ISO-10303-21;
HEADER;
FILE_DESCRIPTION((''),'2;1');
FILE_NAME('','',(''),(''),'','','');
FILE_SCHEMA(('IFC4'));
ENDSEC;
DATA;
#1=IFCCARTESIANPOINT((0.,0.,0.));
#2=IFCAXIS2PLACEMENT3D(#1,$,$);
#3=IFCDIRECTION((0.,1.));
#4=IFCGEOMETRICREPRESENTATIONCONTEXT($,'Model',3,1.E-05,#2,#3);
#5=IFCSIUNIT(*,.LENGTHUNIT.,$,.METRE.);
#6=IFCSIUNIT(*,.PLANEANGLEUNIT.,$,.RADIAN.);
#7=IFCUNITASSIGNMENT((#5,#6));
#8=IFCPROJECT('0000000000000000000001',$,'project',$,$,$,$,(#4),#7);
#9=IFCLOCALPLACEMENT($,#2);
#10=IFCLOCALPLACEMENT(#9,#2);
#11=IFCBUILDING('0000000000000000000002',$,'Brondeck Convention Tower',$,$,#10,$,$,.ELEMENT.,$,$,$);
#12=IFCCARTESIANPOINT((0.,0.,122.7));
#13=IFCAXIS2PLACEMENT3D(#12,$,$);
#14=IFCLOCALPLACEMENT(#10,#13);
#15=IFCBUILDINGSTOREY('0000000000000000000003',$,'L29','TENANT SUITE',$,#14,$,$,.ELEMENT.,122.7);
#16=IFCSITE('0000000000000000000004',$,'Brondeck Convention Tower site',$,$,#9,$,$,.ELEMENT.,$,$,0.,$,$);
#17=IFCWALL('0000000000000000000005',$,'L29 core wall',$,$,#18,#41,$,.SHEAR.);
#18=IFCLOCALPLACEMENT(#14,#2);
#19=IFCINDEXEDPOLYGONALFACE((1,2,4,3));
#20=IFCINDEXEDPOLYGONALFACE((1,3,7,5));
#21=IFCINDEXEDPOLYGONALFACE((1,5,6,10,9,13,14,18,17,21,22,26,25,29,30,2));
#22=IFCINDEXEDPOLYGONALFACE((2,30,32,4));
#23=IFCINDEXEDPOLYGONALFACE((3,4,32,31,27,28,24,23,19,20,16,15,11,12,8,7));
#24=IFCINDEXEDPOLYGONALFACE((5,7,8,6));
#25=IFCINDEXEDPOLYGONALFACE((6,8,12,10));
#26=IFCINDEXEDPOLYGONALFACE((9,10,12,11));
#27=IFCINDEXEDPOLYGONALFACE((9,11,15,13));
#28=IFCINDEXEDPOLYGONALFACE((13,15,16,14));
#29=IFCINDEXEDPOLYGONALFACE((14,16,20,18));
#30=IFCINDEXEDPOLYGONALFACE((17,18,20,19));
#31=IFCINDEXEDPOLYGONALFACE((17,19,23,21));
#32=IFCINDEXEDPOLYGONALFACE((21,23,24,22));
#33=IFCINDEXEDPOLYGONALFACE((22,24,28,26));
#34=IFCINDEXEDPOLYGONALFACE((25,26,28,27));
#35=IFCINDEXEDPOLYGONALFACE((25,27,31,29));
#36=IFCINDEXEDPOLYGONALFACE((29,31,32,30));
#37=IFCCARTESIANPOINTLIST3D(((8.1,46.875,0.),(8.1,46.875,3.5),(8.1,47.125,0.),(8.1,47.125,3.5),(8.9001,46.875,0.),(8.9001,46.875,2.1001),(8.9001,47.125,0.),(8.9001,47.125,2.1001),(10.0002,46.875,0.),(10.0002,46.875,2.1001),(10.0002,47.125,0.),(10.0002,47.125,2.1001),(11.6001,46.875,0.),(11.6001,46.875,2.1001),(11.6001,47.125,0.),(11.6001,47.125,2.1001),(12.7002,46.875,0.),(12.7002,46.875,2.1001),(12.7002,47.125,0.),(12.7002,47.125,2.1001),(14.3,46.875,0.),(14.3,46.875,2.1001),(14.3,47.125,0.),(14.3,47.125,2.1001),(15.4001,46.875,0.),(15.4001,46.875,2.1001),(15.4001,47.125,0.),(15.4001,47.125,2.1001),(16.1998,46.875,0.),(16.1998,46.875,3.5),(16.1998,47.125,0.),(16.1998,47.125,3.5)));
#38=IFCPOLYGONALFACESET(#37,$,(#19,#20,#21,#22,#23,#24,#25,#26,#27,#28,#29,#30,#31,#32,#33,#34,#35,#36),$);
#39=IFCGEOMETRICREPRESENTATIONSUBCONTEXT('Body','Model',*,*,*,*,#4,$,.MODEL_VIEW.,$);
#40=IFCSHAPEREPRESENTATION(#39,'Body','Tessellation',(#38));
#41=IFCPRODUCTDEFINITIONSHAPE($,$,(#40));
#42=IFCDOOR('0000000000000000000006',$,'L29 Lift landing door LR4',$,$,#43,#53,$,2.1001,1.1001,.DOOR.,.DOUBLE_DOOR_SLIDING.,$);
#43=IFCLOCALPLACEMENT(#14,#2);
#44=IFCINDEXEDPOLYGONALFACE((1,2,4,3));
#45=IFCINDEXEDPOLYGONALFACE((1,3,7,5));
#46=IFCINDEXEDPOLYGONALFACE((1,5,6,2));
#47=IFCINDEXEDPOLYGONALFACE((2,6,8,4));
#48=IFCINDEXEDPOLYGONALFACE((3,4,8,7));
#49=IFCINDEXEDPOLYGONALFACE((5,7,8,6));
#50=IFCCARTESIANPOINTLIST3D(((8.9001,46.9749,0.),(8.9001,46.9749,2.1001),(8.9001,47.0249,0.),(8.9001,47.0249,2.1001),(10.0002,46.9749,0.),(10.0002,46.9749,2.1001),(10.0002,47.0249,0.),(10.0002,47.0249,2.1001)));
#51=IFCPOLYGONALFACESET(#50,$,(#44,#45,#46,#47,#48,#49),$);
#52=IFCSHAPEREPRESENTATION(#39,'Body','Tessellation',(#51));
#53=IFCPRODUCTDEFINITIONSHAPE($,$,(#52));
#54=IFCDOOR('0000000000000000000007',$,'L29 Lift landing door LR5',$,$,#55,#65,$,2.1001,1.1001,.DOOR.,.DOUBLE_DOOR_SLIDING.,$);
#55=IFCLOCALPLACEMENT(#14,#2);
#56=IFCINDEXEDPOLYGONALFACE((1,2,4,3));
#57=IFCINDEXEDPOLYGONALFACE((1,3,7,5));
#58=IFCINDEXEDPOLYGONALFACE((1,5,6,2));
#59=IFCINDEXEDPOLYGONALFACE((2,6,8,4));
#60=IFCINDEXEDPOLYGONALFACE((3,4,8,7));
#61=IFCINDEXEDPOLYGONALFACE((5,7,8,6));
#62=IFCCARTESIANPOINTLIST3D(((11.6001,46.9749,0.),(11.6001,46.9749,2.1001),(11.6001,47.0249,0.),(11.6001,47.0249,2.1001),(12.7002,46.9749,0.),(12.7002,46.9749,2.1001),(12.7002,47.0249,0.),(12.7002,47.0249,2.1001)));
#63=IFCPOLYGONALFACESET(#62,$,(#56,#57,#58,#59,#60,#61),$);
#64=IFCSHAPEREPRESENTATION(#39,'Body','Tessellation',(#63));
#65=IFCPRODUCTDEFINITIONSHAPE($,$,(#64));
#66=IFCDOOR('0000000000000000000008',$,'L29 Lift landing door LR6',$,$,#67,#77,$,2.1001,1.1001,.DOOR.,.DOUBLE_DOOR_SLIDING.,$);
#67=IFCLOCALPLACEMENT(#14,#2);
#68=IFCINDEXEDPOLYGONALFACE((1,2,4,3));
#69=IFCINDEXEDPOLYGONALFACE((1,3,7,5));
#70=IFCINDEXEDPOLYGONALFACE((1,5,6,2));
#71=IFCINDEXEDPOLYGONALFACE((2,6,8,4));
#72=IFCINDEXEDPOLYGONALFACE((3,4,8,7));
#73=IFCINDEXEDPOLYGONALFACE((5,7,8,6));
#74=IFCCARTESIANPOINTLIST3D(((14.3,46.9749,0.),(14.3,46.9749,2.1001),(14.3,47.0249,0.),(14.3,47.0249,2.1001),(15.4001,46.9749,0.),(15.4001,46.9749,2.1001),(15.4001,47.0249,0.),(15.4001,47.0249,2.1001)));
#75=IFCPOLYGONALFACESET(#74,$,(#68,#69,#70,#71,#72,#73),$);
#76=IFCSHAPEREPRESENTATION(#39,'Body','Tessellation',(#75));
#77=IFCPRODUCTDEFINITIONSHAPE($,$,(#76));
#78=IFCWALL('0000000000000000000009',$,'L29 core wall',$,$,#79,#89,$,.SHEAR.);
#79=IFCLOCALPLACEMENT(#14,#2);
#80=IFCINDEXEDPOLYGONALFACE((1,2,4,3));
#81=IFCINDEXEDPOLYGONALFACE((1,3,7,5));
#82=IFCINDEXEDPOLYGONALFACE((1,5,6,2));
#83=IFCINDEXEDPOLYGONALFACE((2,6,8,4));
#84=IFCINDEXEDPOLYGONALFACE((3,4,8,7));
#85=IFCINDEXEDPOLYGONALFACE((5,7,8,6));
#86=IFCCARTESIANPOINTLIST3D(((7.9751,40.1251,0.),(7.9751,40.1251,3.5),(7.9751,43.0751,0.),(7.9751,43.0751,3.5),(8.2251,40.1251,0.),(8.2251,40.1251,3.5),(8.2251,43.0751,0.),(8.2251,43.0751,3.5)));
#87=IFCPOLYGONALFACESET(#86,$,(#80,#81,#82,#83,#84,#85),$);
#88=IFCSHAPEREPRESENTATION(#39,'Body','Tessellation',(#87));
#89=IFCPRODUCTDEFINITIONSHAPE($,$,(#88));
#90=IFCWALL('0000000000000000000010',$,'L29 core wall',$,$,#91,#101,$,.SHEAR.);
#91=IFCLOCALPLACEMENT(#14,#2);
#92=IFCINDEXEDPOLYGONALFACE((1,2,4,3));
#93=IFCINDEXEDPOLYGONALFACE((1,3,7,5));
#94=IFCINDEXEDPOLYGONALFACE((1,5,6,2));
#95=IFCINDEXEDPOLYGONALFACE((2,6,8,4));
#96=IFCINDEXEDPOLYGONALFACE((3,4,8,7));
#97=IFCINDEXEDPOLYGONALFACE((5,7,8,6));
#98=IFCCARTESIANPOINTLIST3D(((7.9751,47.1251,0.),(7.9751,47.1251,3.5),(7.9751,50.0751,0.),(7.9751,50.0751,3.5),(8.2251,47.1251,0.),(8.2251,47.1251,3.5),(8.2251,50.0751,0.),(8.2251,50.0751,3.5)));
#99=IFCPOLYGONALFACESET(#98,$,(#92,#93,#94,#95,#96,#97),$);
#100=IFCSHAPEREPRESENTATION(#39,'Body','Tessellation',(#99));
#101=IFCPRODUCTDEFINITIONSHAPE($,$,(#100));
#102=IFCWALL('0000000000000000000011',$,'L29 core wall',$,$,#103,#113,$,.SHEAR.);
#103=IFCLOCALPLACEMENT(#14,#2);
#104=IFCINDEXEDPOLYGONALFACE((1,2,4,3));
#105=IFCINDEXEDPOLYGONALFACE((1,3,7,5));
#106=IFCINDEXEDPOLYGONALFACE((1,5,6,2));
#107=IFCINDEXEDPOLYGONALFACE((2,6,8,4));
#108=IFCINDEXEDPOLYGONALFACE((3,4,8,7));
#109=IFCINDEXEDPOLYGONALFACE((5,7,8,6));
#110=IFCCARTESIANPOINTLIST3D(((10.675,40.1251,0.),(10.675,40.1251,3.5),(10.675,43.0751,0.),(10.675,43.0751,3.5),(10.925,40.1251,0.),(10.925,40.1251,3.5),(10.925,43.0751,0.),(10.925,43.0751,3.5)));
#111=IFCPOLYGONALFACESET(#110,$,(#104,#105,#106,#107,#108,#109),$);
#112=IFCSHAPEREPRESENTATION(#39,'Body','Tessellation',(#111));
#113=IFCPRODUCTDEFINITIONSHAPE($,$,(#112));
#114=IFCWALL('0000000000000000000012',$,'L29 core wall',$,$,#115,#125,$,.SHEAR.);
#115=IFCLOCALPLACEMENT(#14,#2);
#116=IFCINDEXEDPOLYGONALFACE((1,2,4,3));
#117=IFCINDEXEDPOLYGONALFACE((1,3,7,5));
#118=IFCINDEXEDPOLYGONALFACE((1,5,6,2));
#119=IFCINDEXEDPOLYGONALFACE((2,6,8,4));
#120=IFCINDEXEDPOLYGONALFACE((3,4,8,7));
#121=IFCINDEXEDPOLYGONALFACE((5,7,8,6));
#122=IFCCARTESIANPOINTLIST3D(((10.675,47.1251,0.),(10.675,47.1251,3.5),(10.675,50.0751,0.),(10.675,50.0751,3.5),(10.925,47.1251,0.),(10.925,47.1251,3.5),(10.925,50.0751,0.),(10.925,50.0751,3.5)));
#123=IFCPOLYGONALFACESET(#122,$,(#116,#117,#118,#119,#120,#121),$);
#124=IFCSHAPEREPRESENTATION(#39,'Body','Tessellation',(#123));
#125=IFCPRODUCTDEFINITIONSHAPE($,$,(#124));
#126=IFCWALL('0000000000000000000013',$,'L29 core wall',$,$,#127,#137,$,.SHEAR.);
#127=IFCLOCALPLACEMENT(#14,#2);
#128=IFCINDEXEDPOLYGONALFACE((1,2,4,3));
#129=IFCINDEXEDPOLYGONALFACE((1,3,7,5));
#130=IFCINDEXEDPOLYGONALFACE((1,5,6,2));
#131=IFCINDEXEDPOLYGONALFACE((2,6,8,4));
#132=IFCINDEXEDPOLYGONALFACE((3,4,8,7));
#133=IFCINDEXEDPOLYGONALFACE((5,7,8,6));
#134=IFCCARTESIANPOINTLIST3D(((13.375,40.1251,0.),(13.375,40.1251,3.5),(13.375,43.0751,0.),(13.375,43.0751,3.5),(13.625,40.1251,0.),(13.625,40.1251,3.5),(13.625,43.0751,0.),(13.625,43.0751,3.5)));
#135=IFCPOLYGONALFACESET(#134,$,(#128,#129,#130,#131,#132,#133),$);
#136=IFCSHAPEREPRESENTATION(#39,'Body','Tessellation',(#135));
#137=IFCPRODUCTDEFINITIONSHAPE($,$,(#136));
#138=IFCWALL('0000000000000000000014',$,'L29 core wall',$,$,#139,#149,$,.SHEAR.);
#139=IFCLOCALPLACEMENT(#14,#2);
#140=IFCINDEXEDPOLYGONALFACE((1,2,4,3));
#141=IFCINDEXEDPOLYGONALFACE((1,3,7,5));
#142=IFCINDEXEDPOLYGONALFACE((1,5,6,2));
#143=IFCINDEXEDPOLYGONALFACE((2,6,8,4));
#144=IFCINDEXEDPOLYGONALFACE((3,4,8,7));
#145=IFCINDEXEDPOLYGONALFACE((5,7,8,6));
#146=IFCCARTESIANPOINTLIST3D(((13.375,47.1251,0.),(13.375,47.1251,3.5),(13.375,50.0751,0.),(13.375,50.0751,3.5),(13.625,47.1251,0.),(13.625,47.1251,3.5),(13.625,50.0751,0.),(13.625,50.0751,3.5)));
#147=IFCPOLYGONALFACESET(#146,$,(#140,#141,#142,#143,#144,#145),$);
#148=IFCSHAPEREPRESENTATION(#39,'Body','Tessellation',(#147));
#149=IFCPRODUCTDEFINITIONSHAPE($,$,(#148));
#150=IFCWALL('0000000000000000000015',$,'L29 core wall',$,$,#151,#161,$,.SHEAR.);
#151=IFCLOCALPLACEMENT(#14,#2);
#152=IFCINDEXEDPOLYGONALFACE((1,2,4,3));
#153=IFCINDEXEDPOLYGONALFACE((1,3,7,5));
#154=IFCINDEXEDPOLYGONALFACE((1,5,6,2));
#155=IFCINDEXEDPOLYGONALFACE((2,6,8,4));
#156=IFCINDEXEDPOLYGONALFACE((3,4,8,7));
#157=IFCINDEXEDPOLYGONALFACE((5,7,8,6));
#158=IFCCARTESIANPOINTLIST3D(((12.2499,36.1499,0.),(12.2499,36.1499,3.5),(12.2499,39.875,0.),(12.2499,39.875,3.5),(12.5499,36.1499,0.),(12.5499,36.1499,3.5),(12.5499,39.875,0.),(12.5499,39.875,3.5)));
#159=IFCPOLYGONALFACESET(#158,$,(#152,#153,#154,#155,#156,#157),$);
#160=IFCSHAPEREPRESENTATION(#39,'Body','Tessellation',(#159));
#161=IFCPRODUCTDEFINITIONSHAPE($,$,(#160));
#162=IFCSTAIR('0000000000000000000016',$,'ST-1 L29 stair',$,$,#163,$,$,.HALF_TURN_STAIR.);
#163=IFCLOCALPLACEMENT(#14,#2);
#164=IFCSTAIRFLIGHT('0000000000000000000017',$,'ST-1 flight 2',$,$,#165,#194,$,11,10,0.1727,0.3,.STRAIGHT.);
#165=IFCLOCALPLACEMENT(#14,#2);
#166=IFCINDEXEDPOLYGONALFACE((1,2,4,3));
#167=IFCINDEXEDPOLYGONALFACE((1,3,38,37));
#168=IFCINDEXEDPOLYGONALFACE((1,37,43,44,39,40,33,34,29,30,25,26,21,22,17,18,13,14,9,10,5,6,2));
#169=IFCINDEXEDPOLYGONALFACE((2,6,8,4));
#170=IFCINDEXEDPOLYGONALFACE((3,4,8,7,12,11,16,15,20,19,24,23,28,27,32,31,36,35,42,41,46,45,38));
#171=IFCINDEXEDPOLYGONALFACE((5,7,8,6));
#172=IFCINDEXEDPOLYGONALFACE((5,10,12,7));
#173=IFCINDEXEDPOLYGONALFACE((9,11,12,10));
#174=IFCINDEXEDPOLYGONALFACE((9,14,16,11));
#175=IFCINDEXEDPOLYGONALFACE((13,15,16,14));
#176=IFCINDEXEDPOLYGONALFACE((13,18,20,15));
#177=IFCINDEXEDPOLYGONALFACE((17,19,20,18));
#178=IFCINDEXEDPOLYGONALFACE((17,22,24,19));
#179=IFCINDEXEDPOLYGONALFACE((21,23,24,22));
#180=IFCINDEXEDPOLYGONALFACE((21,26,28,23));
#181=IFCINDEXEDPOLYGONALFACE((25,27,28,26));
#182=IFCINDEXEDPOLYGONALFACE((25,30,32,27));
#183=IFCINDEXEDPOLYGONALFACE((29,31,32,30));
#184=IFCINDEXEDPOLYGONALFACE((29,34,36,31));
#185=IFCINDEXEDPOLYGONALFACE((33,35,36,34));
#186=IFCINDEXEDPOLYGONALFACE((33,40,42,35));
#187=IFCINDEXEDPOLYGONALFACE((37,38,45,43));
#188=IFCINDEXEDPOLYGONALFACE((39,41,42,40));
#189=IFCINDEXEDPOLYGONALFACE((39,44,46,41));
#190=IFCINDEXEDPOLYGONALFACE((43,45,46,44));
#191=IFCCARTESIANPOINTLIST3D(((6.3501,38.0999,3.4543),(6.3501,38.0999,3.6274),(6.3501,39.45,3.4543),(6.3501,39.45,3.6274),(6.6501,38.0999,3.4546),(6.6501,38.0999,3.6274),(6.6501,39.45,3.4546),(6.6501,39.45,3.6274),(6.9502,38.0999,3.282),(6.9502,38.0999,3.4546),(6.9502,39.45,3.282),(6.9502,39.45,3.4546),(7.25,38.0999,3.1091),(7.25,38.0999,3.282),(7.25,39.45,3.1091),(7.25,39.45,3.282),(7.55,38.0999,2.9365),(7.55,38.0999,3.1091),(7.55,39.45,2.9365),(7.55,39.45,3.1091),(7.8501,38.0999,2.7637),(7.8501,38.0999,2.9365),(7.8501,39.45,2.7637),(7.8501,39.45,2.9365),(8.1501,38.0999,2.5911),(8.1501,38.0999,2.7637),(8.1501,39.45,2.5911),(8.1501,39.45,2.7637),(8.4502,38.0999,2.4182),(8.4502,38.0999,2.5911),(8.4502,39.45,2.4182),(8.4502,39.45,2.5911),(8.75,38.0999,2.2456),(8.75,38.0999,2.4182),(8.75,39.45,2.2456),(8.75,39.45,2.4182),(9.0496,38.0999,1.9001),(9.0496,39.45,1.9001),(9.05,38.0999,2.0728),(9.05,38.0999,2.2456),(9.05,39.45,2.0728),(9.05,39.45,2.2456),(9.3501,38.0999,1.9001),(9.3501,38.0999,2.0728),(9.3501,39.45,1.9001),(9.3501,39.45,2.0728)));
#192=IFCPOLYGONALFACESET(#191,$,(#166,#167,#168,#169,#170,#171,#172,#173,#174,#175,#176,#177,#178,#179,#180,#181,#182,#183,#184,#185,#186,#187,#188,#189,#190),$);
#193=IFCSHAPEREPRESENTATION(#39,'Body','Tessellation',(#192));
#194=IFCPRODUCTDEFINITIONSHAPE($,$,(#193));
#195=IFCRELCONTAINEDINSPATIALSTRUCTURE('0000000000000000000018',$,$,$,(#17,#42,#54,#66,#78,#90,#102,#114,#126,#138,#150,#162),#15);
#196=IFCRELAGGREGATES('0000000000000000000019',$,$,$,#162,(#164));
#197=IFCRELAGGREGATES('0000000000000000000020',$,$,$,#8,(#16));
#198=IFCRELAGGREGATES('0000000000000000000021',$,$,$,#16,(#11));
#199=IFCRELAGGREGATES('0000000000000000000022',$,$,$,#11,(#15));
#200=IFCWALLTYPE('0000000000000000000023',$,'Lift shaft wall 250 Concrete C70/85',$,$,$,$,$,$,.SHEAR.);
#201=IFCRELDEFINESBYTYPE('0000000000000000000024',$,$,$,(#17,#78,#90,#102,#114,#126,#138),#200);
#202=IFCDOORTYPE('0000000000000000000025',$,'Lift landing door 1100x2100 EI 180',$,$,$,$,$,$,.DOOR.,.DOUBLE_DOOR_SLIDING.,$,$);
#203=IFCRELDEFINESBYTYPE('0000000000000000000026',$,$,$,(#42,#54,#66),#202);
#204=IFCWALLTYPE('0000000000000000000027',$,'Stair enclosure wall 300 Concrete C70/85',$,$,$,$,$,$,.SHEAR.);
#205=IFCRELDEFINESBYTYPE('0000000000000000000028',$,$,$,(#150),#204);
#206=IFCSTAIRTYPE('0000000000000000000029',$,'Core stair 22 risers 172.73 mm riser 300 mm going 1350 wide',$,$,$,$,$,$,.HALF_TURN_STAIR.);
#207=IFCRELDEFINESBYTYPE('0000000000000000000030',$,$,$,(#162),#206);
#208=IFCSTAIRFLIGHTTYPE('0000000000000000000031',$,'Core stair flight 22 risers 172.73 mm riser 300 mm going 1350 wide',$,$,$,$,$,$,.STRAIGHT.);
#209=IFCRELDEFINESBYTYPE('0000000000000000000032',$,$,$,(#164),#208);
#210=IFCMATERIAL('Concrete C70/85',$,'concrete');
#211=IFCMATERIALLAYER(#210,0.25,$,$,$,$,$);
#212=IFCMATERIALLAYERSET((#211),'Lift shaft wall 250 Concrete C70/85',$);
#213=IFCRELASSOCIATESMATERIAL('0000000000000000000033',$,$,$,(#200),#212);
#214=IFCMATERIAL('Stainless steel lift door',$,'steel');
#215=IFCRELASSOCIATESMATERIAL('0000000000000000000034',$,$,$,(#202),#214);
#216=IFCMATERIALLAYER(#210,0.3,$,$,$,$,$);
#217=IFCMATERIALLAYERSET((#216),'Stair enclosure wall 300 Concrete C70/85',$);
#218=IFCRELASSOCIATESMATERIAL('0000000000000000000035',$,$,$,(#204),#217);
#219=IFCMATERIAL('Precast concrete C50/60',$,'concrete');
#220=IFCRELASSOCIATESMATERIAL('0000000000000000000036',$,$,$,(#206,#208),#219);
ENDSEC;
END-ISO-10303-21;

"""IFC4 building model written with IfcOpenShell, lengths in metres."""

from ifc_helpers import new_model, si_unit, direction, frame, frame_2d, origin, place, context, subcontext, project, spatial, polyline, rectangle, outline, extrude, material, layer, layer_set, type_object, element, fill, aggregate, save


model = new_model("IFC4")

# Units and contexts
model_context = context("Model", 3, precision=1e-05, world=origin(), true_north=direction((0.0, 1.0)))
body_context = subcontext(model_context, "Body", "Model", "MODEL_VIEW")
ifc_project = project(units=[si_unit("LENGTHUNIT", "METRE"), si_unit("PLANEANGLEUNIT", "RADIAN")], contexts=[model_context])

# Site, building, storey
site_placement = place(None, origin())
site = spatial("IfcSite", under=ifc_project, at=site_placement, Name="Brondeck Convention Tower site", CompositionType="ELEMENT", RefElevation=0.0)
building_placement = place(site_placement, origin())
building = spatial("IfcBuilding", under=site, at=building_placement, Name="Brondeck Convention Tower", CompositionType="ELEMENT")
storey_placement = place(building_placement, frame((0.0, 0.0, 122.7)))
storey = spatial("IfcBuildingStorey", under=building, at=storey_placement, Name="L29", Description="TENANT SUITE", CompositionType="ELEMENT", Elevation=122.7)

# Wall, openings, doors
ifc_material_1 = material(Name="Concrete C70/85", Category="concrete")
ifc_layer_1 = layer(ifc_material_1, 0.25)
ifc_layer_set_1 = layer_set([ifc_layer_1], Name="Lift shaft wall 250 Concrete C70/85")
wall_type_1 = type_object("IfcWallType", Name="Lift shaft wall 250 Concrete C70/85", PredefinedType="SHEAR", material=ifc_layer_set_1)
ifc_material_2 = material(Name="Stainless steel lift door", Category="steel")
door_type_1 = type_object("IfcDoorType", Name="Lift landing door 1100x2100 EI 180", OperationType="DOUBLE_DOOR_SLIDING", PredefinedType="DOOR", material=ifc_material_2)
wall_1_placement = place(storey_placement, frame((8.1001, 47.0, 0.0), z_axis=(0.0, 0.0, 1.0), x_axis=(1.0, 0.0, 0.0)))
wall_1 = element("IfcWall", 1, at=wall_1_placement, inside=storey, type_object=wall_type_1, Name="L29 core wall", PredefinedType="SHEAR", context=body_context, shape_type="SweptSolid", body=[
    extrude(rectangle(XDim=8.0999, YDim=0.25, at=frame_2d((4.0498, 0.0))), origin(), (0.0, 0.0, 1.0), 3.5),
])
opening_1_placement = place(wall_1_placement, frame((0.8, 0.0, 0.0)))
opening_1 = element("IfcOpeningElement", 2, at=opening_1_placement, cuts=wall_1, PredefinedType="OPENING", context=body_context, shape_type="SweptSolid", body=[
    extrude(rectangle(XDim=1.1001, YDim=2.1001, at=frame_2d((0.55, 1.05))), frame((0.0, 0.135, 0.0), z_axis=(0.0, -1.0, 0.0), x_axis=(1.0, 0.0, 0.0)), (0.0, 0.0, 1.0), 0.27),
])
opening_2_placement = place(wall_1_placement, frame((3.5, 0.0, 0.0)))
opening_2 = element("IfcOpeningElement", 3, at=opening_2_placement, cuts=wall_1, PredefinedType="OPENING", context=body_context, shape_type="SweptSolid", body=[
    extrude(rectangle(XDim=1.1001, YDim=2.1001, at=frame_2d((0.55, 1.05))), frame((0.0, 0.135, 0.0), z_axis=(0.0, -1.0, 0.0), x_axis=(1.0, 0.0, 0.0)), (0.0, 0.0, 1.0), 0.27),
])
opening_3_placement = place(wall_1_placement, frame((6.2, 0.0, 0.0)))
opening_3 = element("IfcOpeningElement", 4, at=opening_3_placement, cuts=wall_1, PredefinedType="OPENING", context=body_context, shape_type="SweptSolid", body=[
    extrude(rectangle(XDim=1.1001, YDim=2.1001, at=frame_2d((0.55, 1.05))), frame((0.0, 0.135, 0.0), z_axis=(0.0, -1.0, 0.0), x_axis=(1.0, 0.0, 0.0)), (0.0, 0.0, 1.0), 0.27),
])
door_1_placement = place(opening_1_placement, origin())
door_1 = element("IfcDoor", 5, at=door_1_placement, inside=storey, type_object=door_type_1, Name="L29 Lift landing door LR4", OperationType="DOUBLE_DOOR_SLIDING", OverallHeight=2.1001, OverallWidth=1.1001, PredefinedType="DOOR", context=body_context, shape_type="SweptSolid", body=[
    extrude(rectangle(XDim=1.1001, YDim=2.1001, at=frame_2d((0.55, 1.05))), frame((0.0, 0.0249, 0.0), z_axis=(0.0, -1.0, 0.0), x_axis=(1.0, 0.0, 0.0)), (0.0, 0.0, 1.0), 0.05),
])
fill(opening_1, door_1)
door_2_placement = place(opening_2_placement, origin())
door_2 = element("IfcDoor", 6, at=door_2_placement, inside=storey, type_object=door_type_1, Name="L29 Lift landing door LR5", OperationType="DOUBLE_DOOR_SLIDING", OverallHeight=2.1001, OverallWidth=1.1001, PredefinedType="DOOR", context=body_context, shape_type="SweptSolid", body=[
    extrude(rectangle(XDim=1.1001, YDim=2.1001, at=frame_2d((0.55, 1.05))), frame((0.0, 0.0249, 0.0), z_axis=(0.0, -1.0, 0.0), x_axis=(1.0, 0.0, 0.0)), (0.0, 0.0, 1.0), 0.05),
])
fill(opening_2, door_2)
door_3_placement = place(opening_3_placement, origin())
door_3 = element("IfcDoor", 7, at=door_3_placement, inside=storey, type_object=door_type_1, Name="L29 Lift landing door LR6", OperationType="DOUBLE_DOOR_SLIDING", OverallHeight=2.1001, OverallWidth=1.1001, PredefinedType="DOOR", context=body_context, shape_type="SweptSolid", body=[
    extrude(rectangle(XDim=1.1001, YDim=2.1001, at=frame_2d((0.55, 1.05))), frame((0.0, 0.0249, 0.0), z_axis=(0.0, -1.0, 0.0), x_axis=(1.0, 0.0, 0.0)), (0.0, 0.0, 1.0), 0.05),
])
fill(opening_3, door_3)

# Walls
for number, where, z_axis, x_axis, name in (
    (8, (8.1001, 40.125, 0.0), (0.0, 0.0, 1.0), (0.0, 1.0, 0.0), "L29 core wall"),
    (9, (8.1001, 47.125, 0.0), (0.0, 0.0, 1.0), (0.0, 1.0, 0.0), "L29 core wall"),
    (10, (10.8, 40.125, 0.0), (0.0, 0.0, 1.0), (0.0, 1.0, 0.0), "L29 core wall"),
    (11, (10.8, 47.125, 0.0), (0.0, 0.0, 1.0), (0.0, 1.0, 0.0), "L29 core wall"),
    (12, (13.5, 40.125, 0.0), (0.0, 0.0, 1.0), (0.0, 1.0, 0.0), "L29 core wall"),
    (13, (13.5, 47.125, 0.0), (0.0, 0.0, 1.0), (0.0, 1.0, 0.0), "L29 core wall"),
):
    element("IfcWall", number, at=place(storey_placement, frame(where, z_axis=z_axis, x_axis=x_axis)), inside=storey, type_object=wall_type_1, Name=name, PredefinedType="SHEAR", context=body_context, shape_type="SweptSolid", body=[
        extrude(rectangle(XDim=2.95, YDim=0.25, at=frame_2d((1.4751, 0.0))), origin(), (0.0, 0.0, 1.0), 3.5),
    ])
ifc_layer_2 = layer(ifc_material_1, 0.3)
ifc_layer_set_2 = layer_set([ifc_layer_2], Name="Stair enclosure wall 300 Concrete C70/85")
wall_type_2 = type_object("IfcWallType", Name="Stair enclosure wall 300 Concrete C70/85", PredefinedType="SHEAR", material=ifc_layer_set_2)
wall_2_placement = place(storey_placement, frame((12.3999, 36.1499, 0.0), z_axis=(0.0, 0.0, 1.0), x_axis=(0.0, 1.0, 0.0)))
element("IfcWall", 14, at=wall_2_placement, inside=storey, type_object=wall_type_2, Name="L29 core wall", PredefinedType="SHEAR", context=body_context, shape_type="SweptSolid", body=[
    extrude(rectangle(XDim=3.7251, YDim=0.3, at=frame_2d((1.8625, 0.0))), origin(), (0.0, 0.0, 1.0), 3.5),
])

# Stair, stair flight
ifc_material_3 = material(Name="Precast concrete C50/60", Category="concrete")
stair_type = type_object("IfcStairType", Name="Core stair 22 risers 172.73 mm riser 300 mm going 1350 wide", PredefinedType="HALF_TURN_STAIR", material=ifc_material_3)
stair_placement = place(storey_placement, origin())
stair = element("IfcStair", 15, at=stair_placement, inside=storey, type_object=stair_type, Name="ST-1 L29 stair", PredefinedType="HALF_TURN_STAIR")
stair_flight_type = type_object("IfcStairFlightType", Name="Core stair flight 22 risers 172.73 mm riser 300 mm going 1350 wide", PredefinedType="STRAIGHT", material=ifc_material_3)
stair_flight_placement = place(storey_placement, frame((9.3501, 38.7749, 1.9001), z_axis=(0.0, 0.0, 1.0), x_axis=(-1.0, 0.0, 0.0)))
stair_flight = element("IfcStairFlight", 16, at=stair_flight_placement, type_object=stair_flight_type, Name="ST-1 flight 2", NumberOfRisers=11, NumberOfTreads=10, PredefinedType="STRAIGHT", RiserHeight=0.1727, TreadLength=0.3, context=body_context, shape_type="SweptSolid", body=[
    extrude(outline(polyline([(0.0, 0.0), (0.0, 0.1726), (0.3, 0.1726), (0.3, 0.3455), (0.6001, 0.3455), (0.6001, 0.5181), (0.8999, 0.5181), (0.8999, 0.6909), (1.2, 0.6909), (1.2, 0.8635), (1.5, 0.8635), (1.5, 1.0364), (1.8, 1.0364), (1.8, 1.209), (2.1001, 1.209), (2.1001, 1.3818), (2.3999, 1.3818), (2.3999, 1.5544), (2.7, 1.5544), (2.7, 1.7273), (3.0, 1.7273), (3.0, 1.8999), (3.0, 1.5542), (0.3005, 0.0), (0.0, 0.0)])), frame((0.0, 0.675, 0.0), z_axis=(0.0, -1.0, 0.0), x_axis=(1.0, 0.0, 0.0)), (0.0, 0.0, 1.0), 1.3501),
])
aggregate(stair, [stair_flight])

save(model, "model.ifc")
